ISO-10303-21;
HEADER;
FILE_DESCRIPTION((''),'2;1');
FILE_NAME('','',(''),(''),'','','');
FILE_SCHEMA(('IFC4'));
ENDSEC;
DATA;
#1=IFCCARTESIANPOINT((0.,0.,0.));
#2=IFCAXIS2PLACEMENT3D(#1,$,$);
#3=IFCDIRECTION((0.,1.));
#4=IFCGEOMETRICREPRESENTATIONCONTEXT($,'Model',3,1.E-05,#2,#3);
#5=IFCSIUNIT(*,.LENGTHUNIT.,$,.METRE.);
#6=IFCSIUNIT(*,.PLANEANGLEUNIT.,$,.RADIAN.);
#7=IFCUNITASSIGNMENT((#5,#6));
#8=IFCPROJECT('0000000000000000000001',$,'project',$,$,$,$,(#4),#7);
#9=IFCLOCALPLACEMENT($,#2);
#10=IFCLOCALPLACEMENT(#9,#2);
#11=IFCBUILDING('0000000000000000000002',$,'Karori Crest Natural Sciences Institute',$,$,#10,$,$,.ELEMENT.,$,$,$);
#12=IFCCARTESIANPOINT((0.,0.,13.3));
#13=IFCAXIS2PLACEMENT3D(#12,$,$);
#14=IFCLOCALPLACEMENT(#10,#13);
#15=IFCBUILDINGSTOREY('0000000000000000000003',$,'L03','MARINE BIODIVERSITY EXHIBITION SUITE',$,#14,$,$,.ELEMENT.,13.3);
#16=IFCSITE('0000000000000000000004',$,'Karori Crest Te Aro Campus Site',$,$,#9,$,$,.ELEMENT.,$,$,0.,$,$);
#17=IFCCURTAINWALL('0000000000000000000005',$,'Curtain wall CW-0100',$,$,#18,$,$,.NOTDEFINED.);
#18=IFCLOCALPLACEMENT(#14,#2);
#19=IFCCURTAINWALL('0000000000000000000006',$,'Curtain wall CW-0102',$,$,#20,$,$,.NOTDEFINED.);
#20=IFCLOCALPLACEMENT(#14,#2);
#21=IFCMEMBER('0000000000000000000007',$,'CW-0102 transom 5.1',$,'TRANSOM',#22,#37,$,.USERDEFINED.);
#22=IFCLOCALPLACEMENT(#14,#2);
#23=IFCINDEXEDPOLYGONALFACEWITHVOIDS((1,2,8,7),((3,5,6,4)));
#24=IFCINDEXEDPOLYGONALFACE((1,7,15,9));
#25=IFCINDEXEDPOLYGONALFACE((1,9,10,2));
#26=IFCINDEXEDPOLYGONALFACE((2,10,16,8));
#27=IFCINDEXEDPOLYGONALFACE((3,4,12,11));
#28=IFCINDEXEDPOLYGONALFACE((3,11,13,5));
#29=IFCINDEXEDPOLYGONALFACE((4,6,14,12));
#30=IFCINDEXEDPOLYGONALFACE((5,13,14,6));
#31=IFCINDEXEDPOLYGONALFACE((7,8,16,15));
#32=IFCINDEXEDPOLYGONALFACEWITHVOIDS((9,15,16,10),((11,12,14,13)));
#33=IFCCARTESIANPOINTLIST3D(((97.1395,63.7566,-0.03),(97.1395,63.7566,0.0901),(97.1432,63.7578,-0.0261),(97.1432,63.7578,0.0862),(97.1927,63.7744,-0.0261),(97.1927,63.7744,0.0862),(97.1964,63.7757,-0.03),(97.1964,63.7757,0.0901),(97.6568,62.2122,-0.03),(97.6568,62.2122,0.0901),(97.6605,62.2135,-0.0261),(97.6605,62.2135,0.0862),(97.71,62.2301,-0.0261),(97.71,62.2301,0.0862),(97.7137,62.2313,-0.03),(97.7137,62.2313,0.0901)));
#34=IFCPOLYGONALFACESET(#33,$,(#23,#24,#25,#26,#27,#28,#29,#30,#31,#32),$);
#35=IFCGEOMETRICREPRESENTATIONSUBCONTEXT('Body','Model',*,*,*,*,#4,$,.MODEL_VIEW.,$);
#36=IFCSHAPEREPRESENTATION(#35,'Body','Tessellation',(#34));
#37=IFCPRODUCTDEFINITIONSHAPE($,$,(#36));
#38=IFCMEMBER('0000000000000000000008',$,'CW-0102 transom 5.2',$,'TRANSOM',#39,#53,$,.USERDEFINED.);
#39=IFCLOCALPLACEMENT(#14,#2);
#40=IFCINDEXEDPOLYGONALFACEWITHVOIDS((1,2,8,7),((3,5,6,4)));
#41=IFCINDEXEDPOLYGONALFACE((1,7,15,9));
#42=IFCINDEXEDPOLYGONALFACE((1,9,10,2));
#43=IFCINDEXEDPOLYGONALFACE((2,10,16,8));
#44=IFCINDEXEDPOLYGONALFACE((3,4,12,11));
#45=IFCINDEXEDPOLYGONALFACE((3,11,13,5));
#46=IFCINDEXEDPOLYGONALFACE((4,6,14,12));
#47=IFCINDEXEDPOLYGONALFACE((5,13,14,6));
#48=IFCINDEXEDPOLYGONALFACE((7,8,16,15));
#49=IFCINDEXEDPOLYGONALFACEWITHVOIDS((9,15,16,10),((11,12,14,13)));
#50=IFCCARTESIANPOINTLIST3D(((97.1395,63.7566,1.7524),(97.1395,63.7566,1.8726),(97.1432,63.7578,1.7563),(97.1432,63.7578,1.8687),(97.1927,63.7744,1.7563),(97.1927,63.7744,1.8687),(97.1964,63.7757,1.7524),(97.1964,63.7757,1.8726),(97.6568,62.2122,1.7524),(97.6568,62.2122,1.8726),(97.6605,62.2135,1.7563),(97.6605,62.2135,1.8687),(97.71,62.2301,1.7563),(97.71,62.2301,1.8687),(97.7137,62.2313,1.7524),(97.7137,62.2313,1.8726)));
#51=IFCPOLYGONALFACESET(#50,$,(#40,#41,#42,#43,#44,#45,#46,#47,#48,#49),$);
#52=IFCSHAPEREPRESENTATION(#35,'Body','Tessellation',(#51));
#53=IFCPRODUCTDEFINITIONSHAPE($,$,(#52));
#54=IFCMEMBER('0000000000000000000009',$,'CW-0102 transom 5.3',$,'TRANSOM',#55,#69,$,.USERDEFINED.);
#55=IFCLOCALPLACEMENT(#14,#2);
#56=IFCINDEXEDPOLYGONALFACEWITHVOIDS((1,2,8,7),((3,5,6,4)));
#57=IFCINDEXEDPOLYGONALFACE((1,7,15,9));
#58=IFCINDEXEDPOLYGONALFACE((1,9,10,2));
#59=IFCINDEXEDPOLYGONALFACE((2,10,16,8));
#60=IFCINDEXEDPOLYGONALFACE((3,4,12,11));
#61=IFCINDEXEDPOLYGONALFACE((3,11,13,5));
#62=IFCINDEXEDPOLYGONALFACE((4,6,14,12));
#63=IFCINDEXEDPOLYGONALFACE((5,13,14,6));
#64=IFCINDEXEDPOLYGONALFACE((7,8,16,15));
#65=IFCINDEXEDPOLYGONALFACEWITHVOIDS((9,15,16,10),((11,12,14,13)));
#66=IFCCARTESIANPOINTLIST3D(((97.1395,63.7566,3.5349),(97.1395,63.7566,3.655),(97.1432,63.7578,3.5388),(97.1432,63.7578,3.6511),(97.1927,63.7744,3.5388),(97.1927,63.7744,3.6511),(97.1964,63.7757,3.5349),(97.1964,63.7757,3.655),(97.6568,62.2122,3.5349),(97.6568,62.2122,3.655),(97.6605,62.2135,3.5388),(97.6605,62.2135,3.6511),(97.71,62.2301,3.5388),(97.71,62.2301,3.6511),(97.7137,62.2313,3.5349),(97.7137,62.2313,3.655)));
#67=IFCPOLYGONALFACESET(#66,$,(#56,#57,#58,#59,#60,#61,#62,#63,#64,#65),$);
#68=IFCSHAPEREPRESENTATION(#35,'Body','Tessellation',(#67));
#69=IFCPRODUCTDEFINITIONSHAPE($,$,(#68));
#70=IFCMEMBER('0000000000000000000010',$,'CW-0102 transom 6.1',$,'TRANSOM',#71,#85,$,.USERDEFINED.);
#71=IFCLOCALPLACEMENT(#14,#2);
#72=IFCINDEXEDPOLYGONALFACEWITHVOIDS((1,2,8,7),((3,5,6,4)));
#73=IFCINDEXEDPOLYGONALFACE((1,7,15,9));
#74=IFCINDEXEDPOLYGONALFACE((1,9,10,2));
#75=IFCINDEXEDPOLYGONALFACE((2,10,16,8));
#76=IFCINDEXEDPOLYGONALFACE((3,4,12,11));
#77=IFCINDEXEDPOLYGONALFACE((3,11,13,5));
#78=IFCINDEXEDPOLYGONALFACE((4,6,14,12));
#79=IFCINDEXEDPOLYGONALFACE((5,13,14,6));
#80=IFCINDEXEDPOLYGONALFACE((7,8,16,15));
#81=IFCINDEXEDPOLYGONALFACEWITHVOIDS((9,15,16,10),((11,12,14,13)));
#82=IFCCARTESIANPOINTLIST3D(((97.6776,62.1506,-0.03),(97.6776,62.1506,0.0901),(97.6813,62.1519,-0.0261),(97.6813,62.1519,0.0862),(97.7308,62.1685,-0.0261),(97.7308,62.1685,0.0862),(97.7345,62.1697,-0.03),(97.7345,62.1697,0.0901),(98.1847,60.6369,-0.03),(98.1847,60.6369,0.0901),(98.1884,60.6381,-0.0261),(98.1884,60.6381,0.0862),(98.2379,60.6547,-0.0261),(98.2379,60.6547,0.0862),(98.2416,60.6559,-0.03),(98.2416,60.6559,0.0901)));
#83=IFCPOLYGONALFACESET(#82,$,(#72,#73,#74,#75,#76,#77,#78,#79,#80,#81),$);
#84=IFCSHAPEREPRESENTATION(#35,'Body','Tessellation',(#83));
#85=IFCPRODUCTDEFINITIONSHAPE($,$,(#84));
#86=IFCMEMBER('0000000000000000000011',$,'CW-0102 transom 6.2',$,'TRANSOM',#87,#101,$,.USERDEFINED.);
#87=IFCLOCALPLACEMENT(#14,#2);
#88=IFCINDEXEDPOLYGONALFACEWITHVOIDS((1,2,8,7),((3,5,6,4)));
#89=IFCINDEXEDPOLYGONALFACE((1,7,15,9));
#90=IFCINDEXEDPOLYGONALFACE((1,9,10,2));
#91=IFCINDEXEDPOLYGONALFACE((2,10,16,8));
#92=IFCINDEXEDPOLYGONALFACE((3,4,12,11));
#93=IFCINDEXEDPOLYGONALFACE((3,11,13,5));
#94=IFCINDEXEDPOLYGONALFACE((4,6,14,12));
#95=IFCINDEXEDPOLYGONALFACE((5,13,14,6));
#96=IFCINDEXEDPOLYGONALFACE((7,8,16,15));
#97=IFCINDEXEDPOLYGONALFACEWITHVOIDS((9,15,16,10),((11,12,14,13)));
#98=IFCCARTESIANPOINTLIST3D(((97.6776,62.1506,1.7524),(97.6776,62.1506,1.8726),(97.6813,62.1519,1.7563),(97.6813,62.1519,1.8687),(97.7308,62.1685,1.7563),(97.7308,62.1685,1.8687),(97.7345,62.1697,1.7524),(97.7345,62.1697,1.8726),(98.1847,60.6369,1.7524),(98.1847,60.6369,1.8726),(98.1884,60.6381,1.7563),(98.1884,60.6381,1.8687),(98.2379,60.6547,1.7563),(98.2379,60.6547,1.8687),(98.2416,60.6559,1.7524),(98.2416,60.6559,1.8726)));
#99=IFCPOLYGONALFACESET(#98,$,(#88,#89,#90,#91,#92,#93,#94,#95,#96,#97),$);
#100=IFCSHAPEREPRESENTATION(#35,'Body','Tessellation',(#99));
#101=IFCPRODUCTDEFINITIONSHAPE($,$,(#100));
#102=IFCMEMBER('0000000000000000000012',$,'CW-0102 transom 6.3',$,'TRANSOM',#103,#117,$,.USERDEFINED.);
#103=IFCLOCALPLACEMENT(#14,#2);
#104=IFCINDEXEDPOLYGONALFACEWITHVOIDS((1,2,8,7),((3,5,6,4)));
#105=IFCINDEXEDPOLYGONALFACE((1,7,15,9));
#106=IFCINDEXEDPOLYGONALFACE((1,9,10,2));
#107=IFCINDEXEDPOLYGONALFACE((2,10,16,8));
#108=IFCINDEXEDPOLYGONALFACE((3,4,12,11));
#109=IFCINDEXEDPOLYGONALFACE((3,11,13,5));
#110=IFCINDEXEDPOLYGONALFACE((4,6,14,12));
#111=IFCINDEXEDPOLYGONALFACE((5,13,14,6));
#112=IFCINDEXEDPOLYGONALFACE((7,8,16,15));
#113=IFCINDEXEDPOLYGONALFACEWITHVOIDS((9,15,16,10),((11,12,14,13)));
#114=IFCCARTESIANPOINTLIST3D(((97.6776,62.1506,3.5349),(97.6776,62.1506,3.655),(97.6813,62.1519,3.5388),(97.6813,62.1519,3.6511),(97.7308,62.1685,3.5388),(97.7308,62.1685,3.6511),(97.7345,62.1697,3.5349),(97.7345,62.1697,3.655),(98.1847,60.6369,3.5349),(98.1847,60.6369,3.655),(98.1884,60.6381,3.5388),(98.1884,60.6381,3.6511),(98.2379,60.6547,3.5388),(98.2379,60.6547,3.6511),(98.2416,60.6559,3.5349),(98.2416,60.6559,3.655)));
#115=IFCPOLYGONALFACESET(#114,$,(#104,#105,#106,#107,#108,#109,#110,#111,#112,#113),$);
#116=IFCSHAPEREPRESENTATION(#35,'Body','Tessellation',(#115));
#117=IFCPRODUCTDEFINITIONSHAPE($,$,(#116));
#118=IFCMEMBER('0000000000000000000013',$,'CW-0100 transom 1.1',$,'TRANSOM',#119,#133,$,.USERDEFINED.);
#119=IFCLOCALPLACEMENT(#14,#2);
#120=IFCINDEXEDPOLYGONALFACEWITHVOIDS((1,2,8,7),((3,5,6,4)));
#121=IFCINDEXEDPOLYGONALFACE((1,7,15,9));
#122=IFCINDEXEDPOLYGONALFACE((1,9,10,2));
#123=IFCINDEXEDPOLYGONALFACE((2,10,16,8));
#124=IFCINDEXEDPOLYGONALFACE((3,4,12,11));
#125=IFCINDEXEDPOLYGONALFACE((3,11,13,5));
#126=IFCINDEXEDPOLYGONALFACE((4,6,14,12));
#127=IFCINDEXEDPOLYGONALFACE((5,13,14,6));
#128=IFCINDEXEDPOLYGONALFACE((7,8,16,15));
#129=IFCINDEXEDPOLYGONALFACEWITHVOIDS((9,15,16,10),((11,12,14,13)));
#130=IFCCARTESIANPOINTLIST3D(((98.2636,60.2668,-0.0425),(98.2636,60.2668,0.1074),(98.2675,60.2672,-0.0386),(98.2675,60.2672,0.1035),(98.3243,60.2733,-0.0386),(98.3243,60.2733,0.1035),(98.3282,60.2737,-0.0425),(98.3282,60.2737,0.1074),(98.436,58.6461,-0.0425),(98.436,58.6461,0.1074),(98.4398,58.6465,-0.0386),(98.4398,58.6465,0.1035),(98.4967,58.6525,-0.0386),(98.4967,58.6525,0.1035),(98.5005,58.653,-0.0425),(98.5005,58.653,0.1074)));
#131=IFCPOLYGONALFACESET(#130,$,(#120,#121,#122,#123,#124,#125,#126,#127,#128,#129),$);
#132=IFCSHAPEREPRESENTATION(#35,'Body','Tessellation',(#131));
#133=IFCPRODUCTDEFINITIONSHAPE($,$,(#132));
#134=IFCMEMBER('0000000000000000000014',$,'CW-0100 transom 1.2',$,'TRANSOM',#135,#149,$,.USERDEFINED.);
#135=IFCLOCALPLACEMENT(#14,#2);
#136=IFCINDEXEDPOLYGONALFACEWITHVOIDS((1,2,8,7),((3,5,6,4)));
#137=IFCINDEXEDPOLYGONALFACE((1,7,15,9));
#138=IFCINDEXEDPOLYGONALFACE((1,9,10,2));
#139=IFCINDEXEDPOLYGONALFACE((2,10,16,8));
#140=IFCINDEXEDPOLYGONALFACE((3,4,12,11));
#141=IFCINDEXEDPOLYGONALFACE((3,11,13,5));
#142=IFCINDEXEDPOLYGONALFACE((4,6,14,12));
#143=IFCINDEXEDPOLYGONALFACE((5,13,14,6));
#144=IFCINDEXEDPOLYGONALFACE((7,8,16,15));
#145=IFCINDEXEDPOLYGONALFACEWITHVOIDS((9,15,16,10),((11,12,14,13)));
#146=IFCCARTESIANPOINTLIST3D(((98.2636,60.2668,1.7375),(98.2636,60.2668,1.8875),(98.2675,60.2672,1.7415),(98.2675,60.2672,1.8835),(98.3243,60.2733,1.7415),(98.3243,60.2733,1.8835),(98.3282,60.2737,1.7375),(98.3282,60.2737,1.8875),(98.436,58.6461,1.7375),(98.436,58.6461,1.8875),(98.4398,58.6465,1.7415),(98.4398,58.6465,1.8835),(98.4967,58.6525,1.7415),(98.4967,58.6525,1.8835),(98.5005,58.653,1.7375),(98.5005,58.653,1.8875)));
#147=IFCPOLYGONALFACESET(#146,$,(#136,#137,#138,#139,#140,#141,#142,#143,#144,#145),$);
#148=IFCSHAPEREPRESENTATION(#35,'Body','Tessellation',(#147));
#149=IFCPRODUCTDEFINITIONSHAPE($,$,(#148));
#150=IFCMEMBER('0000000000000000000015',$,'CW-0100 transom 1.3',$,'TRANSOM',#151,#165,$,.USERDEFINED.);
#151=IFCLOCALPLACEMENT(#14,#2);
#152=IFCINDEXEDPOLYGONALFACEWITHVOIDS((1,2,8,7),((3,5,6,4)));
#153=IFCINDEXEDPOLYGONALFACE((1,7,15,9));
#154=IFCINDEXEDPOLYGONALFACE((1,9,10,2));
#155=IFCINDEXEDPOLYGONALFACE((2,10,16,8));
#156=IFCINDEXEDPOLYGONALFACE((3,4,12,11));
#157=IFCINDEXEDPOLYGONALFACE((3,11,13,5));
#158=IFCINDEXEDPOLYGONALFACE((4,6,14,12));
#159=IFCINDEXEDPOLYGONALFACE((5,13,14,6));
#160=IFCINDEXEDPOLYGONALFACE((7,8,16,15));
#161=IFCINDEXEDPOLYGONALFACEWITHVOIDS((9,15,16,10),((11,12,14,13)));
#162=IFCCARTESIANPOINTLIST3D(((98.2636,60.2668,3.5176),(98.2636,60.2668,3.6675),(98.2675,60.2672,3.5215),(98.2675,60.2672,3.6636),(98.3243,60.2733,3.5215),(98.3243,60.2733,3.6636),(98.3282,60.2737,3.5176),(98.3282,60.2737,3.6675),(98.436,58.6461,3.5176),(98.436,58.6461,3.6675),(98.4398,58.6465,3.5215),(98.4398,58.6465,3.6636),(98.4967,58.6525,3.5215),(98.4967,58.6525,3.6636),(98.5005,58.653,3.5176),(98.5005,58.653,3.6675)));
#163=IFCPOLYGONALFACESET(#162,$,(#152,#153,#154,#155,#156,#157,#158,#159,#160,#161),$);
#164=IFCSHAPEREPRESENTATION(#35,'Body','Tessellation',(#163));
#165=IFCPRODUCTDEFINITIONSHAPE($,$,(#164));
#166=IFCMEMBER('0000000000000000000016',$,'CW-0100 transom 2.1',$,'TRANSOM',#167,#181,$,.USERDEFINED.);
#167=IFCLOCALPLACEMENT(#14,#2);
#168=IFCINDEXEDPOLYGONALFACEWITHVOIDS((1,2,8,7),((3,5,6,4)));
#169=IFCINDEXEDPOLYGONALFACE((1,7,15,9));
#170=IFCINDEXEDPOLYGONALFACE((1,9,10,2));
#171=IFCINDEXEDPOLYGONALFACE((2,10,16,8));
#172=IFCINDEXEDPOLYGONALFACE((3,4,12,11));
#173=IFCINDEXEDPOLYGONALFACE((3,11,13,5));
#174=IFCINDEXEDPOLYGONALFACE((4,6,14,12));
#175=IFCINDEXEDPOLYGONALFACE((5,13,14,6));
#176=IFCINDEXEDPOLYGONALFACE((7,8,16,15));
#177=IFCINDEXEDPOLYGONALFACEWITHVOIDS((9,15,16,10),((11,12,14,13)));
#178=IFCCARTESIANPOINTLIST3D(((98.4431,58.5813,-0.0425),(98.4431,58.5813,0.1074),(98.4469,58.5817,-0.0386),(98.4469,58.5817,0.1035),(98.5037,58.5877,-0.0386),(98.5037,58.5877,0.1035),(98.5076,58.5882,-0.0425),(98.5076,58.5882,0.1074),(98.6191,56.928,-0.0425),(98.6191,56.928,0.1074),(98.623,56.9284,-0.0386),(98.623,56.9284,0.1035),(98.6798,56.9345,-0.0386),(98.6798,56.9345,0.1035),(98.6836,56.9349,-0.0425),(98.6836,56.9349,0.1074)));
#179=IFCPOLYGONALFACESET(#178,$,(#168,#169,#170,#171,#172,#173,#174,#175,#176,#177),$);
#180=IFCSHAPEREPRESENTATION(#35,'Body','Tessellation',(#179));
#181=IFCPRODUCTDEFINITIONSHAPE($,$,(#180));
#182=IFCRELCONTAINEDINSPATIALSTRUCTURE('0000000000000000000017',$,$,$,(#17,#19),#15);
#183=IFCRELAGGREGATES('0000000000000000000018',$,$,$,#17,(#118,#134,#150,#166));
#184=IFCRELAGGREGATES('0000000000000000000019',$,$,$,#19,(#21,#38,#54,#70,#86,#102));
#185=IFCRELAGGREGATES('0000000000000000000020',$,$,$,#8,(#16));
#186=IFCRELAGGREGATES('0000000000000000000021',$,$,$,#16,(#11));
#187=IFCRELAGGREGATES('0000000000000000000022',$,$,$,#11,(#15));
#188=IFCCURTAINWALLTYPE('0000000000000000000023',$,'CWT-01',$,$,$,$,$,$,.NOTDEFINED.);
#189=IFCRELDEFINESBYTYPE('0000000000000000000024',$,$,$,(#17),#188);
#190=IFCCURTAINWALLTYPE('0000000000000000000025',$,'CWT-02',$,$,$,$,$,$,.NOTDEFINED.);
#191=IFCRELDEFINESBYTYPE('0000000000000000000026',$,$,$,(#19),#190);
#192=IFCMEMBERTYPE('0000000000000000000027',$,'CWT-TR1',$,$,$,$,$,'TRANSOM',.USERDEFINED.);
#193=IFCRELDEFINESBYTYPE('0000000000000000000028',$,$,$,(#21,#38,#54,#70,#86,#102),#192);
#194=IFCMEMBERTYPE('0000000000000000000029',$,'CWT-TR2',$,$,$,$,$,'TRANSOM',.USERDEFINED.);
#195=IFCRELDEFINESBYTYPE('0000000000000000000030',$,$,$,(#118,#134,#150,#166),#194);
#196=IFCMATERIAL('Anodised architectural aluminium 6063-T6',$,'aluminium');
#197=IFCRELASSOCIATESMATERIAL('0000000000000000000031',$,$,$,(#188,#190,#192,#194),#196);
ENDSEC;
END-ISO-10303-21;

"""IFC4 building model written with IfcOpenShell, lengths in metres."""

from ifc_helpers import new_model, si_unit, direction, frame, origin, origin_2d, place, context, subcontext, project, spatial, hollow_rectangle, extrude, material, material_profile, profile_set, type_object, element, aggregate, save


model = new_model("IFC4")

# Units and contexts
model_context = context("Model", 3, precision=1e-05, world=origin(), true_north=direction((0.0, 1.0)))
body_context = subcontext(model_context, "Body", "Model", "MODEL_VIEW")
ifc_project = project(units=[si_unit("LENGTHUNIT", "METRE"), si_unit("PLANEANGLEUNIT", "RADIAN")], contexts=[model_context])

# Site, building, storey
site_placement = place(None, origin())
site = spatial("IfcSite", under=ifc_project, at=site_placement, Name="Karori Crest Te Aro Campus Site", CompositionType="ELEMENT", RefElevation=0.0)
building_placement = place(site_placement, origin())
building = spatial("IfcBuilding", under=site, at=building_placement, Name="Karori Crest Natural Sciences Institute", CompositionType="ELEMENT")
storey_placement = place(building_placement, frame((0.0, 0.0, 13.3)))
storey = spatial("IfcBuildingStorey", under=building, at=storey_placement, Name="L03", Description="MARINE BIODIVERSITY EXHIBITION SUITE", CompositionType="ELEMENT", Elevation=13.3)

# Curtain walls
ifc_material_1 = material(Name="Anodised architectural aluminium 6063-T6", Category="aluminium")
curtain_wall_type_1 = type_object("IfcCurtainWallType", Name="CWT-01", PredefinedType="NOTDEFINED", material=ifc_material_1)
curtain_wall_1_placement = place(storey_placement, origin())
curtain_wall_1 = element("IfcCurtainWall", 1, at=curtain_wall_1_placement, inside=storey, type_object=curtain_wall_type_1, Name="Curtain wall CW-0100", PredefinedType="NOTDEFINED")
curtain_wall_type_2 = type_object("IfcCurtainWallType", Name="CWT-02", PredefinedType="NOTDEFINED", material=ifc_material_1)
curtain_wall_2_placement = place(storey_placement, origin())
curtain_wall_2 = element("IfcCurtainWall", 2, at=curtain_wall_2_placement, inside=storey, type_object=curtain_wall_type_2, Name="Curtain wall CW-0102", PredefinedType="NOTDEFINED")

# Members
ifc_material_profile_1 = material_profile(ifc_material_1, hollow_rectangle(XDim=0.0601, YDim=0.1201, WallThickness=0.0039, at=origin_2d()), Name="CWT120x60x4")
ifc_profile_set_1 = profile_set([ifc_material_profile_1], Name="Anodised architectural aluminium 6063-T6")
member_type_1 = type_object("IfcMemberType", Name="CWT-TR1", ElementType="TRANSOM", PredefinedType="USERDEFINED", material=ifc_profile_set_1)
member_1_placement = place(storey_placement, frame((97.168, 63.7661, 0.03), z_axis=(0.317621, -0.948218, 0.0), x_axis=(0.948218, 0.317621, 0.0)))
member_1 = element("IfcMember", 3, at=member_1_placement, type_object=member_type_1, Name="CW-0102 transom 5.1", ObjectType="TRANSOM", PredefinedType="USERDEFINED", context=body_context, shape_type="SweptSolid", body=[
    extrude(hollow_rectangle(XDim=0.0601, YDim=0.1201, WallThickness=0.0039, at=origin_2d()), origin(), (0.0, 0.0, 1.0), 1.6287),
])
member_2_placement = place(storey_placement, frame((97.168, 63.7661, 1.8125), z_axis=(0.317621, -0.948218, 0.0), x_axis=(0.948218, 0.317621, 0.0)))
member_2 = element("IfcMember", 4, at=member_2_placement, type_object=member_type_1, Name="CW-0102 transom 5.2", ObjectType="TRANSOM", PredefinedType="USERDEFINED", context=body_context, shape_type="SweptSolid", body=[
    extrude(hollow_rectangle(XDim=0.0601, YDim=0.1201, WallThickness=0.0039, at=origin_2d()), origin(), (0.0, 0.0, 1.0), 1.6287),
])
member_3_placement = place(storey_placement, frame((97.168, 63.7661, 3.595), z_axis=(0.317621, -0.948218, 0.0), x_axis=(0.948218, 0.317621, 0.0)))
member_3 = element("IfcMember", 5, at=member_3_placement, type_object=member_type_1, Name="CW-0102 transom 5.3", ObjectType="TRANSOM", PredefinedType="USERDEFINED", context=body_context, shape_type="SweptSolid", body=[
    extrude(hollow_rectangle(XDim=0.0601, YDim=0.1201, WallThickness=0.0039, at=origin_2d()), origin(), (0.0, 0.0, 1.0), 1.6287),
])
member_4_placement = place(storey_placement, frame((97.7061, 62.1602, 0.03), z_axis=(0.31765, -0.948208, 0.0), x_axis=(0.948208, 0.31765, 0.0)))
member_4 = element("IfcMember", 6, at=member_4_placement, type_object=member_type_1, Name="CW-0102 transom 6.1", ObjectType="TRANSOM", PredefinedType="USERDEFINED", context=body_context, shape_type="SweptSolid", body=[
    extrude(hollow_rectangle(XDim=0.0601, YDim=0.1201, WallThickness=0.0039, at=origin_2d()), origin(), (0.0, 0.0, 1.0), 1.5964),
])
member_5_placement = place(storey_placement, frame((97.7061, 62.1602, 1.8125), z_axis=(0.31765, -0.948208, 0.0), x_axis=(0.948208, 0.31765, 0.0)))
member_5 = element("IfcMember", 7, at=member_5_placement, type_object=member_type_1, Name="CW-0102 transom 6.2", ObjectType="TRANSOM", PredefinedType="USERDEFINED", context=body_context, shape_type="SweptSolid", body=[
    extrude(hollow_rectangle(XDim=0.0601, YDim=0.1201, WallThickness=0.0039, at=origin_2d()), origin(), (0.0, 0.0, 1.0), 1.5964),
])
member_6_placement = place(storey_placement, frame((97.7061, 62.1602, 3.595), z_axis=(0.31765, -0.948208, 0.0), x_axis=(0.948208, 0.31765, 0.0)))
member_6 = element("IfcMember", 8, at=member_6_placement, type_object=member_type_1, Name="CW-0102 transom 6.3", ObjectType="TRANSOM", PredefinedType="USERDEFINED", context=body_context, shape_type="SweptSolid", body=[
    extrude(hollow_rectangle(XDim=0.0601, YDim=0.1201, WallThickness=0.0039, at=origin_2d()), origin(), (0.0, 0.0, 1.0), 1.5964),
])
ifc_material_profile_2 = material_profile(ifc_material_1, hollow_rectangle(XDim=0.0649, YDim=0.1499, WallThickness=0.0039, at=origin_2d()), Name="CWT150x65x4")
ifc_profile_set_2 = profile_set([ifc_material_profile_2], Name="Anodised architectural aluminium 6063-T6")
member_type_2 = type_object("IfcMemberType", Name="CWT-TR2", ElementType="TRANSOM", PredefinedType="USERDEFINED", material=ifc_profile_set_2)
member_7_placement = place(storey_placement, frame((98.2959, 60.2703, 0.0325), z_axis=(0.105745, -0.994393, 0.0), x_axis=(0.994393, 0.105745, 0.0)))
member_7 = element("IfcMember", 9, at=member_7_placement, type_object=member_type_2, Name="CW-0100 transom 1.1", ObjectType="TRANSOM", PredefinedType="USERDEFINED", context=body_context, shape_type="SweptSolid", body=[
    extrude(hollow_rectangle(XDim=0.0649, YDim=0.1499, WallThickness=0.0039, at=origin_2d()), origin(), (0.0, 0.0, 1.0), 1.6299),
])
member_8_placement = place(storey_placement, frame((98.2959, 60.2703, 1.8125), z_axis=(0.105745, -0.994393, 0.0), x_axis=(0.994393, 0.105745, 0.0)))
member_8 = element("IfcMember", 10, at=member_8_placement, type_object=member_type_2, Name="CW-0100 transom 1.2", ObjectType="TRANSOM", PredefinedType="USERDEFINED", context=body_context, shape_type="SweptSolid", body=[
    extrude(hollow_rectangle(XDim=0.0649, YDim=0.1499, WallThickness=0.0039, at=origin_2d()), origin(), (0.0, 0.0, 1.0), 1.6299),
])
member_9_placement = place(storey_placement, frame((98.2959, 60.2703, 3.5925), z_axis=(0.105745, -0.994393, 0.0), x_axis=(0.994393, 0.105745, 0.0)))
member_9 = element("IfcMember", 11, at=member_9_placement, type_object=member_type_2, Name="CW-0100 transom 1.3", ObjectType="TRANSOM", PredefinedType="USERDEFINED", context=body_context, shape_type="SweptSolid", body=[
    extrude(hollow_rectangle(XDim=0.0649, YDim=0.1499, WallThickness=0.0039, at=origin_2d()), origin(), (0.0, 0.0, 1.0), 1.6299),
])
member_10_placement = place(storey_placement, frame((98.4753, 58.5847, 0.0325), z_axis=(0.105869, -0.99438, 0.0), x_axis=(0.99438, 0.105869, 0.0)))
member_10 = element("IfcMember", 12, at=member_10_placement, type_object=member_type_2, Name="CW-0100 transom 2.1", ObjectType="TRANSOM", PredefinedType="USERDEFINED", context=body_context, shape_type="SweptSolid", body=[
    extrude(hollow_rectangle(XDim=0.0649, YDim=0.1499, WallThickness=0.0039, at=origin_2d()), origin(), (0.0, 0.0, 1.0), 1.6626),
])

aggregate(curtain_wall_1, [member_7, member_8, member_9, member_10])
aggregate(curtain_wall_2, [member_1, member_2, member_3, member_4, member_5, member_6])

save(model, "model.ifc")
